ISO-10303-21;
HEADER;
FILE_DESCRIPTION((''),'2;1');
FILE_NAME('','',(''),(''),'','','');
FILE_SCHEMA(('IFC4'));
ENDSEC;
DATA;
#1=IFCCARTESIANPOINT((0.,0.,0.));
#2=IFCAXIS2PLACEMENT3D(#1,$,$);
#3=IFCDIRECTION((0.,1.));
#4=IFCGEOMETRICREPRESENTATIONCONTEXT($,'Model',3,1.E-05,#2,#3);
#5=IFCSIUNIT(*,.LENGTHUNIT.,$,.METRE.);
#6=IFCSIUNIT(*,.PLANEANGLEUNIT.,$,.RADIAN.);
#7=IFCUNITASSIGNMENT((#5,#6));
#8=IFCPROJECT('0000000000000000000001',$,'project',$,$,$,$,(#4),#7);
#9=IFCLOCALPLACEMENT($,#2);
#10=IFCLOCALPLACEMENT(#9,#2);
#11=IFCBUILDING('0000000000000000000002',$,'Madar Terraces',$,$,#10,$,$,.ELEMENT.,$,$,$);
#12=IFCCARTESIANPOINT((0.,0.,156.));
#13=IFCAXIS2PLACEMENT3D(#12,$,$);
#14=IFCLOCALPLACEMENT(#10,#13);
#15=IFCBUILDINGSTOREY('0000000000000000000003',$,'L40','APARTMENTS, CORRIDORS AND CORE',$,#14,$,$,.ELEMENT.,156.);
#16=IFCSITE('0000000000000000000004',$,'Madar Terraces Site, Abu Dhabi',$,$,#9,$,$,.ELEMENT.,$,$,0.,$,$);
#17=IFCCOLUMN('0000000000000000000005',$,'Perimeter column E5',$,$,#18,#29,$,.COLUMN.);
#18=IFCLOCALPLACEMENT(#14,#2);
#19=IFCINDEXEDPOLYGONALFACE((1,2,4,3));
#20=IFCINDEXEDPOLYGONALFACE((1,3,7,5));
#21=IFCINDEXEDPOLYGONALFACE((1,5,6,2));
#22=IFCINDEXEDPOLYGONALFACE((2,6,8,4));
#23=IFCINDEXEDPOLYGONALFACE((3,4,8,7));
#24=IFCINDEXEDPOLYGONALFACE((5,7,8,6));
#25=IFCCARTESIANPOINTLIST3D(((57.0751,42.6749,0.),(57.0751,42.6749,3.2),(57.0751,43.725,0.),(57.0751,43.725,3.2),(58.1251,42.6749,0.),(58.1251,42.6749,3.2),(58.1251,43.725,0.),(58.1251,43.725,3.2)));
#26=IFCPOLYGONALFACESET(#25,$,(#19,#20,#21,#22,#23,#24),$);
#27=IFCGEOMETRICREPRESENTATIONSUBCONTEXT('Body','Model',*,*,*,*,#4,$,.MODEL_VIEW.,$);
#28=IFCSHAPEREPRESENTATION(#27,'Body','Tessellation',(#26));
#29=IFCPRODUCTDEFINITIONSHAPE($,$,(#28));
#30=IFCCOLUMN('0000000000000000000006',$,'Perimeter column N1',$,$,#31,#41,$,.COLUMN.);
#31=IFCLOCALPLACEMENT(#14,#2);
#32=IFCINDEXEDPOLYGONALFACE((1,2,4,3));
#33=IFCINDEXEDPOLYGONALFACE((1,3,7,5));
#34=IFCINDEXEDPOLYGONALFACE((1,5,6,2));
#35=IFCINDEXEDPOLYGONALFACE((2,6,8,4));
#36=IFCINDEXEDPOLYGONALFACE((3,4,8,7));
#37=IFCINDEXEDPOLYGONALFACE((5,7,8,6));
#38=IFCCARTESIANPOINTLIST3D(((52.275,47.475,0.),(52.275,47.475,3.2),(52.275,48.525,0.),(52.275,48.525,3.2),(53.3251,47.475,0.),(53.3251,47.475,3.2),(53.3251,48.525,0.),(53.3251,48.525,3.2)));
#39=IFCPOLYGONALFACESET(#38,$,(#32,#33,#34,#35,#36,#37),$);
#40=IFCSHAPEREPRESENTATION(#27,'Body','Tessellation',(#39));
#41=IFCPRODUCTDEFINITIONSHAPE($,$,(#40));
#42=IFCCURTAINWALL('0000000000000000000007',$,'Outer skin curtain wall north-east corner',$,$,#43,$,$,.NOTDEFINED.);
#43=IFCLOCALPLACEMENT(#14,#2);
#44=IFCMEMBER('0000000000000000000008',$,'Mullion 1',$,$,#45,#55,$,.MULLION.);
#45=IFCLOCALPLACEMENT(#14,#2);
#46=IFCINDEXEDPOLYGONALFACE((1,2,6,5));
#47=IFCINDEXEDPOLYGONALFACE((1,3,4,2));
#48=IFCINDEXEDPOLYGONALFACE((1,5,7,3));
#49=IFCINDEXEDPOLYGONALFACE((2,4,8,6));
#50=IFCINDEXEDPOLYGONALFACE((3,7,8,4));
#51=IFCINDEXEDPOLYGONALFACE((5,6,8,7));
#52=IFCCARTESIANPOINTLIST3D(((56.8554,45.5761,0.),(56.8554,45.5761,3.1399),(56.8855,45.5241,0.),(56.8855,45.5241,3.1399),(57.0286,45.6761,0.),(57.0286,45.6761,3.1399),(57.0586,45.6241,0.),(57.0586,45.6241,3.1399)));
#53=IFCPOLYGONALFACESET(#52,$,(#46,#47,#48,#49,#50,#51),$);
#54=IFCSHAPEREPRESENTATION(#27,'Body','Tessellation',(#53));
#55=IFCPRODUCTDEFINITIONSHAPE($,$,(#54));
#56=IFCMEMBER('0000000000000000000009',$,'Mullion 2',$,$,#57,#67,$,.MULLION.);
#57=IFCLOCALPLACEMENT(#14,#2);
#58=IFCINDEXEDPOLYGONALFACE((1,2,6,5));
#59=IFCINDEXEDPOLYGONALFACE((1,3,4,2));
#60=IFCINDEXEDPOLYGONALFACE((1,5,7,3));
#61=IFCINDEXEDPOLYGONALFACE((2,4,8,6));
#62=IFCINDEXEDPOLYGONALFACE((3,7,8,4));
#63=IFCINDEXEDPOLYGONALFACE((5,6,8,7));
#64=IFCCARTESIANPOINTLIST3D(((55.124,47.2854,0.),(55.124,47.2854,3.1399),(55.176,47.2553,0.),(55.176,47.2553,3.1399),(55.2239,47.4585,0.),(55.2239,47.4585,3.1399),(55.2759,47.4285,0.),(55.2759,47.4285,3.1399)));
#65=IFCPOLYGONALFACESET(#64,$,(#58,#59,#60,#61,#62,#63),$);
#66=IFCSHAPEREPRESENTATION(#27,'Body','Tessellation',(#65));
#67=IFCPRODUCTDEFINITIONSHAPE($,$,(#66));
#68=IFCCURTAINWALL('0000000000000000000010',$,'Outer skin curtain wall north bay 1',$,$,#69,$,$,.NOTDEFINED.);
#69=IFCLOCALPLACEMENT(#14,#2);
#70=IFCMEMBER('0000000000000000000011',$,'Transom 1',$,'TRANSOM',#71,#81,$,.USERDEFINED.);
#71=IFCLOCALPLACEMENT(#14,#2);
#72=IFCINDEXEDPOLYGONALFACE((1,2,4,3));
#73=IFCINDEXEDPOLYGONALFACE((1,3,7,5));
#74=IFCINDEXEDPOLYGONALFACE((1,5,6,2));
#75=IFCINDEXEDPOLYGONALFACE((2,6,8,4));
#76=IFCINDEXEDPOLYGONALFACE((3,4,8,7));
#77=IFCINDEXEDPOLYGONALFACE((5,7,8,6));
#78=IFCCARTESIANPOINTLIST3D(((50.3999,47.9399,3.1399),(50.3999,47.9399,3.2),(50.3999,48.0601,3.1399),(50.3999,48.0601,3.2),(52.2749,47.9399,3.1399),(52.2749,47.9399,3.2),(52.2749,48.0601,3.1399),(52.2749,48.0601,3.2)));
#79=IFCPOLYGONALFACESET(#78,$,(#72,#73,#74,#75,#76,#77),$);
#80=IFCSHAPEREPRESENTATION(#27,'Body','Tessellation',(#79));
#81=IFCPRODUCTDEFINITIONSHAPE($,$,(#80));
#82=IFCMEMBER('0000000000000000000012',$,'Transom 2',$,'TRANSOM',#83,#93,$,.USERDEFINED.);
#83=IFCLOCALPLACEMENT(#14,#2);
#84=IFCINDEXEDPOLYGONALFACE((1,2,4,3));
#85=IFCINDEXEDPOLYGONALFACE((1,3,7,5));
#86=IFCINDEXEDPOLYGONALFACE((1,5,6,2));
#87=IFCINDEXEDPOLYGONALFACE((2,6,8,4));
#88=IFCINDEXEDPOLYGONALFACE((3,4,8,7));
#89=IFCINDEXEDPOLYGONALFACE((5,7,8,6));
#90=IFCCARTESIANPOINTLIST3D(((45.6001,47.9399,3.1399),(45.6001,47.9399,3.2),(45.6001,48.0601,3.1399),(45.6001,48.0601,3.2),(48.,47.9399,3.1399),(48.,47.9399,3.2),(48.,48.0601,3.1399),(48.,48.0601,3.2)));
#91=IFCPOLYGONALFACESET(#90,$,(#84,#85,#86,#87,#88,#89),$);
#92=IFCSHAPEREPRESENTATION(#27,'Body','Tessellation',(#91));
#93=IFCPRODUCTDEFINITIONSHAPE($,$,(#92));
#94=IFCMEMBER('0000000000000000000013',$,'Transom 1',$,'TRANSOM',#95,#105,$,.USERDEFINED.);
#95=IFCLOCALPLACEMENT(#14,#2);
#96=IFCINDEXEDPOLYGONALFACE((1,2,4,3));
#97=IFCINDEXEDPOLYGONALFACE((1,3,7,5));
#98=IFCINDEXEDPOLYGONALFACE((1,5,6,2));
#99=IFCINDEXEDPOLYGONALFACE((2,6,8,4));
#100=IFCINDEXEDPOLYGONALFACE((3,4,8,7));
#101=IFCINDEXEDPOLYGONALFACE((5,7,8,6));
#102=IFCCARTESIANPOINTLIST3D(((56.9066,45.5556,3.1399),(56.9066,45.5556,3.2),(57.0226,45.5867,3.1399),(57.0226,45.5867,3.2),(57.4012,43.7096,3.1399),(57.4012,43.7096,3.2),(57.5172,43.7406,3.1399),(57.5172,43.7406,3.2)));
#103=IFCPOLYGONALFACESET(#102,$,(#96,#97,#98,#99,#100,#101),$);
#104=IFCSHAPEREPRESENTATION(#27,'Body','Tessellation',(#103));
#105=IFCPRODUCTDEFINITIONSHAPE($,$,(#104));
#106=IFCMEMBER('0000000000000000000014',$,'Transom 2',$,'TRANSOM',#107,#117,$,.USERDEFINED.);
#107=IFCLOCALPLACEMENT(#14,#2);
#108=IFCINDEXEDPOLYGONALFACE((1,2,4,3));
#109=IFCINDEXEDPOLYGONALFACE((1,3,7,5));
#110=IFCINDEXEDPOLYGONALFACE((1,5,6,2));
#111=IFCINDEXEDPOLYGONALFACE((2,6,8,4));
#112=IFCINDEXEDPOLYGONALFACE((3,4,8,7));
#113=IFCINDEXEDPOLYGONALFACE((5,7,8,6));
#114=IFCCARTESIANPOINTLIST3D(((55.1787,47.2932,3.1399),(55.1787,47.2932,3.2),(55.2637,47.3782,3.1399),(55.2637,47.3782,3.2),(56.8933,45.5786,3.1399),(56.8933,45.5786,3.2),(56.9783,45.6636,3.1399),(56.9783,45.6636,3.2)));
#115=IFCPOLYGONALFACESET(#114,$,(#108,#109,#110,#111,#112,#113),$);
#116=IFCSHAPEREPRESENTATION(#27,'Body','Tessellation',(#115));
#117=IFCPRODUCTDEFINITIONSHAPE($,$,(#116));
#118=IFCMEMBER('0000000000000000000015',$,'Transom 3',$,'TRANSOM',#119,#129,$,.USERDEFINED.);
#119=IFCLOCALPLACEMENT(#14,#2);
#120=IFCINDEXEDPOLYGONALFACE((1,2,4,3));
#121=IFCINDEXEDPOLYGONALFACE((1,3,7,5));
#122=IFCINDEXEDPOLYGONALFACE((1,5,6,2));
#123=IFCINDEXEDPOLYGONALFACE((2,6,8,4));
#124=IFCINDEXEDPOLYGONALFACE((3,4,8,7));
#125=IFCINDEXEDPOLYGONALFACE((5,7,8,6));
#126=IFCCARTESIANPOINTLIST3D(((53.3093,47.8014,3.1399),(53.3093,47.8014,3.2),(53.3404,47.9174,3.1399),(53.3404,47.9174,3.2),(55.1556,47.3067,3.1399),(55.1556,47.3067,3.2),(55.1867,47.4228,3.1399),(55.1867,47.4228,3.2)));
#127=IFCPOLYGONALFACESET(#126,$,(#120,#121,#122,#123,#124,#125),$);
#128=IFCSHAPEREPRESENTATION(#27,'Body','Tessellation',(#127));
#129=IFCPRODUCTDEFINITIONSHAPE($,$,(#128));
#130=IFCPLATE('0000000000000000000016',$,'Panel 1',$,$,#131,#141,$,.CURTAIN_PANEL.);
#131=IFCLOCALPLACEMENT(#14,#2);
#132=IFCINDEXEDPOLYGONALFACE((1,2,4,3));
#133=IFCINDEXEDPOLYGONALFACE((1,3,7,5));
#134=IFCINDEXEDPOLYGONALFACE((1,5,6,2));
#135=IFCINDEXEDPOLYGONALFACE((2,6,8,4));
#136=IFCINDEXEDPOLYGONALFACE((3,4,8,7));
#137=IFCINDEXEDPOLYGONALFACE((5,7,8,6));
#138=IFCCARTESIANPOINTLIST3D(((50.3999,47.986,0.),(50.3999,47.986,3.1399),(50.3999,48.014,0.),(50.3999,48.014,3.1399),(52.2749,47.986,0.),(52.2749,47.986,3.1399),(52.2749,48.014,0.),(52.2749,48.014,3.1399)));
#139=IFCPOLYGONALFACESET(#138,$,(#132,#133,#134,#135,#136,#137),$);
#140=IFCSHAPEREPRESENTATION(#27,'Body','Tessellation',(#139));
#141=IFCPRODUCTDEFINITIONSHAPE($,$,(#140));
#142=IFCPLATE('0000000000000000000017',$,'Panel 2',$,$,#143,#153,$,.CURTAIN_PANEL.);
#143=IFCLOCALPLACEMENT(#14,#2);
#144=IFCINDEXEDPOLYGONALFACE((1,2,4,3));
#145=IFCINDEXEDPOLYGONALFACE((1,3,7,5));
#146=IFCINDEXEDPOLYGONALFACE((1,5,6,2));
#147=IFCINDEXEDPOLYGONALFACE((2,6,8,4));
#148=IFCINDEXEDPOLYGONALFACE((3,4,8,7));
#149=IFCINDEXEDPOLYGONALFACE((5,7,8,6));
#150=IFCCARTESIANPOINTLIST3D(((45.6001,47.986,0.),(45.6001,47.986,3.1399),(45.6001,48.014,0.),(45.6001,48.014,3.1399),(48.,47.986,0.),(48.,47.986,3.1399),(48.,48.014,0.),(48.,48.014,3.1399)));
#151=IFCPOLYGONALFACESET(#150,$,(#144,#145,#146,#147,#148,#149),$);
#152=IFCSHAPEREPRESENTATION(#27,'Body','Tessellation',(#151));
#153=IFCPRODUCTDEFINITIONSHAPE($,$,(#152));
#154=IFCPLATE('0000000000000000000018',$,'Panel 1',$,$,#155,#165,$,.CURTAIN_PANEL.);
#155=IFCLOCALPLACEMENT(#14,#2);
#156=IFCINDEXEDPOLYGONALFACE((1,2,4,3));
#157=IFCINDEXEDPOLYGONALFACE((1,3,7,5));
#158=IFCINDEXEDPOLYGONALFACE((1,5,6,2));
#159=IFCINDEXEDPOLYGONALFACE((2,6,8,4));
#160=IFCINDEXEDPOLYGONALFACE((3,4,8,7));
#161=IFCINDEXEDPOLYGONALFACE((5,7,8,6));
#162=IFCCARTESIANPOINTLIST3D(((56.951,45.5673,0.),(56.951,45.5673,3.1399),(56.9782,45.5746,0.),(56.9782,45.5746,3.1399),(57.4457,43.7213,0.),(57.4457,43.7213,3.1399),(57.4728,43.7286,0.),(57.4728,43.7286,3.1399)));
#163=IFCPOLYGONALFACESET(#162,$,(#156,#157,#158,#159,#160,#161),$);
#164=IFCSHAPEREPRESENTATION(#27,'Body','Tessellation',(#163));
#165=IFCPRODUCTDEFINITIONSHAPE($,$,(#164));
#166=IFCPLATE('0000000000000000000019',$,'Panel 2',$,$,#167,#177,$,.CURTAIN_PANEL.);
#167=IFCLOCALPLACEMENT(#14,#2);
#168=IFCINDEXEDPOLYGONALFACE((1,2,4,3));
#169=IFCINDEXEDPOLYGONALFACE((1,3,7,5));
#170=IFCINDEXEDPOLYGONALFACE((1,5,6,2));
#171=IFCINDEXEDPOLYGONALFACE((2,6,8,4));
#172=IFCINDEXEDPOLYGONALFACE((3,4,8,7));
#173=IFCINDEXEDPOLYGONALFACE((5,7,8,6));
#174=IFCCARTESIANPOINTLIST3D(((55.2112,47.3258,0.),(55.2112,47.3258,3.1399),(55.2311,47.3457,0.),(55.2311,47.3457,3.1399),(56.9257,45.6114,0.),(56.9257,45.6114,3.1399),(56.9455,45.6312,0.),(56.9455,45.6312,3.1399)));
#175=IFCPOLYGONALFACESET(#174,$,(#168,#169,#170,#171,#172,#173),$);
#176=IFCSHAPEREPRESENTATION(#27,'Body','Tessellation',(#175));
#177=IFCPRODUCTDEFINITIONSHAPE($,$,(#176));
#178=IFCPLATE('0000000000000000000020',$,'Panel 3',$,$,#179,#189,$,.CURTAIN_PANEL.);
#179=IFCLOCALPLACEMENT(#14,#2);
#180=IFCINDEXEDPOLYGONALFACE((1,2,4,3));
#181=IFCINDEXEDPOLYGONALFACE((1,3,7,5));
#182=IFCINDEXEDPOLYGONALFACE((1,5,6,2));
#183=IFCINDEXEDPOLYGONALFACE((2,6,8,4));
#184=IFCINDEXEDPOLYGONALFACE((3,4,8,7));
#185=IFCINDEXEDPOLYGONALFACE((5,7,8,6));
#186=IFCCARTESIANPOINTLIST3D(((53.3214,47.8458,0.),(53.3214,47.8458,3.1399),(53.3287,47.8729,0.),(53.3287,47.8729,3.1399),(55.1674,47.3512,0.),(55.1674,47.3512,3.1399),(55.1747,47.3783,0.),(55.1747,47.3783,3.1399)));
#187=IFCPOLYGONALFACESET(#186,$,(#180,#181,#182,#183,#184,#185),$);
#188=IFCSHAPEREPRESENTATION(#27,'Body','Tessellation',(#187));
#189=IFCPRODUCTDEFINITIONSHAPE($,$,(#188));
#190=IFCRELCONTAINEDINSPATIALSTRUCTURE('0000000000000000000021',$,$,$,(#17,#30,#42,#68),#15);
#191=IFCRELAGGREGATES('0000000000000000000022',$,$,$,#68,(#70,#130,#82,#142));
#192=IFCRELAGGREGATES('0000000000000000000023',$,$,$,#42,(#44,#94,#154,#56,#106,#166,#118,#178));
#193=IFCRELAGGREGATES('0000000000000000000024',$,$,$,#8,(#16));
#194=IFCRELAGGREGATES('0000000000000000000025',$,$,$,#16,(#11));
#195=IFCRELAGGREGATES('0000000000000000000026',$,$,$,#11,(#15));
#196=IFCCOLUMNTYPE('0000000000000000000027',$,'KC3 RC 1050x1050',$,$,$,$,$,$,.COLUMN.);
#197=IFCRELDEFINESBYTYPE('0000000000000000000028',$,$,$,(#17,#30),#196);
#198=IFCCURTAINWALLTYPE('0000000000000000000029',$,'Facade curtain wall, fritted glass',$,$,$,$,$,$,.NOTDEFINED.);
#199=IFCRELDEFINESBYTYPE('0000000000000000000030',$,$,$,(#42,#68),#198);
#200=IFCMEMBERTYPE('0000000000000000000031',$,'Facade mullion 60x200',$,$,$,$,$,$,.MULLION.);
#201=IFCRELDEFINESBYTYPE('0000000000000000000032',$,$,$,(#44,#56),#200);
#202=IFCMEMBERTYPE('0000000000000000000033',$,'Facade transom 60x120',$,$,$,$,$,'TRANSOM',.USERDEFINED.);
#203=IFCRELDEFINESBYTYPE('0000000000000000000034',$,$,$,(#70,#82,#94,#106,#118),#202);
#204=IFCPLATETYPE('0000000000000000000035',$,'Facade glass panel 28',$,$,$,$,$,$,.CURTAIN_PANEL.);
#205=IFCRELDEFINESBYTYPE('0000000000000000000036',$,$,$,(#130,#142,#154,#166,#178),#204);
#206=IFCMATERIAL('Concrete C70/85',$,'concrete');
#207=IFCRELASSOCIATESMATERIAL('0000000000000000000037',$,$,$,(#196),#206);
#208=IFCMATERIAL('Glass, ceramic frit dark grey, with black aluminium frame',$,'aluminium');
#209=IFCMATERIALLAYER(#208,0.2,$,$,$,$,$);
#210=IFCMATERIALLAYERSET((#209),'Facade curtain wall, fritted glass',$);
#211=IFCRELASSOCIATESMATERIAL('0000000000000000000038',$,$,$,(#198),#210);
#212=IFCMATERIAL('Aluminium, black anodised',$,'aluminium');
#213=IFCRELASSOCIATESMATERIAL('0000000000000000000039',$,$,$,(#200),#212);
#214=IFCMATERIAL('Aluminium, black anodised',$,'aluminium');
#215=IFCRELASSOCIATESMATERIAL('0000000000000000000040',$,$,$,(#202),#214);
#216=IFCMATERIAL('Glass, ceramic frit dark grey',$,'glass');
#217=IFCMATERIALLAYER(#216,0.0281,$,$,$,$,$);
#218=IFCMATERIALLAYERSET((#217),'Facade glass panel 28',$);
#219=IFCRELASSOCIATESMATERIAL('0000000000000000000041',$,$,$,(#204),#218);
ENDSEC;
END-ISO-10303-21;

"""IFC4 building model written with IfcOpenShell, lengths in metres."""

from ifc_helpers import new_model, si_unit, direction, frame, origin, origin_2d, place, context, subcontext, project, spatial, rectangle, extrude, material, layer, layer_set, material_profile, profile_set, type_object, element, aggregate, save


model = new_model("IFC4")

# Units and contexts
model_context = context("Model", 3, precision=1e-05, world=origin(), true_north=direction((0.0, 1.0)))
body_context = subcontext(model_context, "Body", "Model", "MODEL_VIEW")
ifc_project = project(units=[si_unit("LENGTHUNIT", "METRE"), si_unit("PLANEANGLEUNIT", "RADIAN")], contexts=[model_context])

# Site, building, storey
site_placement = place(None, origin())
site = spatial("IfcSite", under=ifc_project, at=site_placement, Name="Madar Terraces Site, Abu Dhabi", CompositionType="ELEMENT", RefElevation=0.0)
building_placement = place(site_placement, origin())
building = spatial("IfcBuilding", under=site, at=building_placement, Name="Madar Terraces", CompositionType="ELEMENT")
storey_placement = place(building_placement, frame((0.0, 0.0, 156.0)))
storey = spatial("IfcBuildingStorey", under=building, at=storey_placement, Name="L40", Description="APARTMENTS, CORRIDORS AND CORE", CompositionType="ELEMENT", Elevation=156.0)

# Columns
ifc_material_1 = material(Name="Concrete C70/85", Category="concrete")
ifc_material_profile_1 = material_profile(ifc_material_1, rectangle(XDim=1.05, YDim=1.05, at=origin_2d()), Name="KC3 RC 1050x1050")
ifc_profile_set_1 = profile_set([ifc_material_profile_1], Name="Concrete C70/85")
column_type = type_object("IfcColumnType", Name="KC3 RC 1050x1050", PredefinedType="COLUMN", material=ifc_profile_set_1)
for number, where, z_axis, x_axis, name in (
    (1, (57.6001, 43.2, 0.0), (0.0, 0.0, 1.0), (1.0, 0.0, 0.0), "Perimeter column E5"),
    (2, (52.8, 48.0, 0.0), (0.0, 0.0, 1.0), (1.0, 0.0, 0.0), "Perimeter column N1"),
):
    element("IfcColumn", number, at=place(storey_placement, frame(where, z_axis=z_axis, x_axis=x_axis)), inside=storey, type_object=column_type, Name=name, PredefinedType="COLUMN", context=body_context, shape_type="SweptSolid", body=[
        extrude(rectangle(XDim=1.05, YDim=1.05, at=origin_2d()), origin(), (0.0, 0.0, 1.0), 3.2),
    ])

# Curtain walls, members
ifc_material_2 = material(Name="Glass, ceramic frit dark grey, with black aluminium frame", Category="aluminium")
ifc_layer_1 = layer(ifc_material_2, 0.2)
ifc_layer_set_1 = layer_set([ifc_layer_1], Name="Facade curtain wall, fritted glass")
curtain_wall_type = type_object("IfcCurtainWallType", Name="Facade curtain wall, fritted glass", PredefinedType="NOTDEFINED", material=ifc_layer_set_1)
curtain_wall_1_placement = place(storey_placement, origin())
curtain_wall_1 = element("IfcCurtainWall", 3, at=curtain_wall_1_placement, inside=storey, type_object=curtain_wall_type, Name="Outer skin curtain wall north-east corner", PredefinedType="NOTDEFINED")
ifc_material_3 = material(Name="Aluminium, black anodised", Category="aluminium")
ifc_material_profile_2 = material_profile(ifc_material_3, rectangle(XDim=0.2, YDim=0.0601, at=origin_2d()), Name="Facade mullion 60x200")
ifc_profile_set_2 = profile_set([ifc_material_profile_2], Name="Aluminium, black anodised")
member_type_1 = type_object("IfcMemberType", Name="Facade mullion 60x200", PredefinedType="MULLION", material=ifc_profile_set_2)
member_1_placement = place(storey_placement, frame((56.957, 45.6001, 0.0), z_axis=(0.0, 0.0, 1.0), x_axis=(-0.866025, -0.5, 0.0)))
member_1 = element("IfcMember", 4, at=member_1_placement, type_object=member_type_1, Name="Mullion 1", PredefinedType="MULLION", context=body_context, shape_type="SweptSolid", body=[
    extrude(rectangle(XDim=0.2, YDim=0.0601, at=origin_2d()), origin(), (0.0, 0.0, 1.0), 3.1399),
])
member_2_placement = place(storey_placement, frame((55.2, 47.3569, 0.0), z_axis=(0.0, 0.0, 1.0), x_axis=(-0.5, -0.866025, 0.0)))
member_2 = element("IfcMember", 5, at=member_2_placement, type_object=member_type_1, Name="Mullion 2", PredefinedType="MULLION", context=body_context, shape_type="SweptSolid", body=[
    extrude(rectangle(XDim=0.2, YDim=0.0601, at=origin_2d()), origin(), (0.0, 0.0, 1.0), 3.1399),
])
curtain_wall_2_placement = place(storey_placement, origin())
curtain_wall_2 = element("IfcCurtainWall", 6, at=curtain_wall_2_placement, inside=storey, type_object=curtain_wall_type, Name="Outer skin curtain wall north bay 1", PredefinedType="NOTDEFINED")
ifc_material_4 = material(Name="Aluminium, black anodised", Category="aluminium")
ifc_material_profile_3 = material_profile(ifc_material_4, rectangle(XDim=0.1201, YDim=0.0601, at=origin_2d()), Name="Facade transom 60x120")
ifc_profile_set_3 = profile_set([ifc_material_profile_3], Name="Aluminium, black anodised")
member_type_2 = type_object("IfcMemberType", Name="Facade transom 60x120", ElementType="TRANSOM", PredefinedType="USERDEFINED", material=ifc_profile_set_3)
member_3_placement = place(storey_placement, frame((52.2749, 48.0, 3.1699), z_axis=(-1.0, 0.0, 0.0), x_axis=(0.0, -1.0, 0.0)))
member_3 = element("IfcMember", 7, at=member_3_placement, type_object=member_type_2, Name="Transom 1", ObjectType="TRANSOM", PredefinedType="USERDEFINED", context=body_context, shape_type="SweptSolid", body=[
    extrude(rectangle(XDim=0.1201, YDim=0.0601, at=origin_2d()), origin(), (0.0, 0.0, 1.0), 1.875),
])
member_4_placement = place(storey_placement, frame((48.0, 48.0, 3.1699), z_axis=(-1.0, 0.0, 0.0), x_axis=(0.0, -1.0, 0.0)))
member_4 = element("IfcMember", 8, at=member_4_placement, type_object=member_type_2, Name="Transom 2", ObjectType="TRANSOM", PredefinedType="USERDEFINED", context=body_context, shape_type="SweptSolid", body=[
    extrude(rectangle(XDim=0.1201, YDim=0.0601, at=origin_2d()), origin(), (0.0, 0.0, 1.0), 2.3999),
])

# Members
member_5_placement = place(storey_placement, frame((57.4592, 43.7251, 3.1699), z_axis=(-0.258823, 0.965925, 0.0), x_axis=(-0.965925, -0.258823, 0.0)))
member_5 = element("IfcMember", 9, at=member_5_placement, type_object=member_type_2, Name="Transom 1", ObjectType="TRANSOM", PredefinedType="USERDEFINED", context=body_context, shape_type="SweptSolid", body=[
    extrude(rectangle(XDim=0.1201, YDim=0.0601, at=origin_2d()), origin(), (0.0, 0.0, 1.0), 1.9111),
])
member_6_placement = place(storey_placement, frame((56.9358, 45.6211, 3.1699), z_axis=(-0.707107, 0.707107, 0.0), x_axis=(-0.707107, -0.707107, 0.0)))
member_6 = element("IfcMember", 10, at=member_6_placement, type_object=member_type_2, Name="Transom 2", ObjectType="TRANSOM", PredefinedType="USERDEFINED", context=body_context, shape_type="SweptSolid", body=[
    extrude(rectangle(XDim=0.1201, YDim=0.0601, at=origin_2d()), origin(), (0.0, 0.0, 1.0), 2.4248),
])
member_7_placement = place(storey_placement, frame((55.1711, 47.3647, 3.1699), z_axis=(-0.965933, 0.258791, 0.0), x_axis=(-0.258791, -0.965933, 0.0)))
member_7 = element("IfcMember", 11, at=member_7_placement, type_object=member_type_2, Name="Transom 3", ObjectType="TRANSOM", PredefinedType="USERDEFINED", context=body_context, shape_type="SweptSolid", body=[
    extrude(rectangle(XDim=0.1201, YDim=0.0601, at=origin_2d()), origin(), (0.0, 0.0, 1.0), 1.9114),
])

# Plates
ifc_material_5 = material(Name="Glass, ceramic frit dark grey", Category="glass")
ifc_layer_2 = layer(ifc_material_5, 0.0281)
ifc_layer_set_2 = layer_set([ifc_layer_2], Name="Facade glass panel 28")
plate_type = type_object("IfcPlateType", Name="Facade glass panel 28", PredefinedType="CURTAIN_PANEL", material=ifc_layer_set_2)
plate_1_placement = place(storey_placement, frame((51.3374, 48.0, 0.0), z_axis=(0.0, 0.0, 1.0), x_axis=(-1.0, 0.0, 0.0)))
plate_1 = element("IfcPlate", 12, at=plate_1_placement, type_object=plate_type, Name="Panel 1", PredefinedType="CURTAIN_PANEL", context=body_context, shape_type="SweptSolid", body=[
    extrude(rectangle(XDim=1.875, YDim=0.0281, at=origin_2d()), origin(), (0.0, 0.0, 1.0), 3.1399),
])
plate_2_placement = place(storey_placement, frame((46.8, 48.0, 0.0), z_axis=(0.0, 0.0, 1.0), x_axis=(-1.0, 0.0, 0.0)))
plate_2 = element("IfcPlate", 13, at=plate_2_placement, type_object=plate_type, Name="Panel 2", PredefinedType="CURTAIN_PANEL", context=body_context, shape_type="SweptSolid", body=[
    extrude(rectangle(XDim=2.3999, YDim=0.0281, at=origin_2d()), origin(), (0.0, 0.0, 1.0), 3.1399),
])
aggregate(curtain_wall_2, [member_3, plate_1, member_4, plate_2])
plate_3_placement = place(storey_placement, frame((57.2119, 44.6479, 0.0), z_axis=(0.0, 0.0, 1.0), x_axis=(-0.258819, 0.965926, 0.0)))
plate_3 = element("IfcPlate", 14, at=plate_3_placement, type_object=plate_type, Name="Panel 1", PredefinedType="CURTAIN_PANEL", context=body_context, shape_type="SweptSolid", body=[
    extrude(rectangle(XDim=1.9111, YDim=0.0281, at=origin_2d()), origin(), (0.0, 0.0, 1.0), 3.1399),
])
plate_4_placement = place(storey_placement, frame((56.0784, 46.4785, 0.0), z_axis=(0.0, 0.0, 1.0), x_axis=(-0.707107, 0.707107, 0.0)))
plate_4 = element("IfcPlate", 15, at=plate_4_placement, type_object=plate_type, Name="Panel 2", PredefinedType="CURTAIN_PANEL", context=body_context, shape_type="SweptSolid", body=[
    extrude(rectangle(XDim=2.4246, YDim=0.0281, at=origin_2d()), origin(), (0.0, 0.0, 1.0), 3.1399),
])
plate_5_placement = place(storey_placement, frame((54.248, 47.6121, 0.0), z_axis=(0.0, 0.0, 1.0), x_axis=(-0.965926, 0.258819, 0.0)))
plate_5 = element("IfcPlate", 16, at=plate_5_placement, type_object=plate_type, Name="Panel 3", PredefinedType="CURTAIN_PANEL", context=body_context, shape_type="SweptSolid", body=[
    extrude(rectangle(XDim=1.9111, YDim=0.0281, at=origin_2d()), origin(), (0.0, 0.0, 1.0), 3.1399),
])
aggregate(curtain_wall_1, [member_1, member_5, plate_3, member_2, member_6, plate_4, member_7, plate_5])

save(model, "model.ifc")
